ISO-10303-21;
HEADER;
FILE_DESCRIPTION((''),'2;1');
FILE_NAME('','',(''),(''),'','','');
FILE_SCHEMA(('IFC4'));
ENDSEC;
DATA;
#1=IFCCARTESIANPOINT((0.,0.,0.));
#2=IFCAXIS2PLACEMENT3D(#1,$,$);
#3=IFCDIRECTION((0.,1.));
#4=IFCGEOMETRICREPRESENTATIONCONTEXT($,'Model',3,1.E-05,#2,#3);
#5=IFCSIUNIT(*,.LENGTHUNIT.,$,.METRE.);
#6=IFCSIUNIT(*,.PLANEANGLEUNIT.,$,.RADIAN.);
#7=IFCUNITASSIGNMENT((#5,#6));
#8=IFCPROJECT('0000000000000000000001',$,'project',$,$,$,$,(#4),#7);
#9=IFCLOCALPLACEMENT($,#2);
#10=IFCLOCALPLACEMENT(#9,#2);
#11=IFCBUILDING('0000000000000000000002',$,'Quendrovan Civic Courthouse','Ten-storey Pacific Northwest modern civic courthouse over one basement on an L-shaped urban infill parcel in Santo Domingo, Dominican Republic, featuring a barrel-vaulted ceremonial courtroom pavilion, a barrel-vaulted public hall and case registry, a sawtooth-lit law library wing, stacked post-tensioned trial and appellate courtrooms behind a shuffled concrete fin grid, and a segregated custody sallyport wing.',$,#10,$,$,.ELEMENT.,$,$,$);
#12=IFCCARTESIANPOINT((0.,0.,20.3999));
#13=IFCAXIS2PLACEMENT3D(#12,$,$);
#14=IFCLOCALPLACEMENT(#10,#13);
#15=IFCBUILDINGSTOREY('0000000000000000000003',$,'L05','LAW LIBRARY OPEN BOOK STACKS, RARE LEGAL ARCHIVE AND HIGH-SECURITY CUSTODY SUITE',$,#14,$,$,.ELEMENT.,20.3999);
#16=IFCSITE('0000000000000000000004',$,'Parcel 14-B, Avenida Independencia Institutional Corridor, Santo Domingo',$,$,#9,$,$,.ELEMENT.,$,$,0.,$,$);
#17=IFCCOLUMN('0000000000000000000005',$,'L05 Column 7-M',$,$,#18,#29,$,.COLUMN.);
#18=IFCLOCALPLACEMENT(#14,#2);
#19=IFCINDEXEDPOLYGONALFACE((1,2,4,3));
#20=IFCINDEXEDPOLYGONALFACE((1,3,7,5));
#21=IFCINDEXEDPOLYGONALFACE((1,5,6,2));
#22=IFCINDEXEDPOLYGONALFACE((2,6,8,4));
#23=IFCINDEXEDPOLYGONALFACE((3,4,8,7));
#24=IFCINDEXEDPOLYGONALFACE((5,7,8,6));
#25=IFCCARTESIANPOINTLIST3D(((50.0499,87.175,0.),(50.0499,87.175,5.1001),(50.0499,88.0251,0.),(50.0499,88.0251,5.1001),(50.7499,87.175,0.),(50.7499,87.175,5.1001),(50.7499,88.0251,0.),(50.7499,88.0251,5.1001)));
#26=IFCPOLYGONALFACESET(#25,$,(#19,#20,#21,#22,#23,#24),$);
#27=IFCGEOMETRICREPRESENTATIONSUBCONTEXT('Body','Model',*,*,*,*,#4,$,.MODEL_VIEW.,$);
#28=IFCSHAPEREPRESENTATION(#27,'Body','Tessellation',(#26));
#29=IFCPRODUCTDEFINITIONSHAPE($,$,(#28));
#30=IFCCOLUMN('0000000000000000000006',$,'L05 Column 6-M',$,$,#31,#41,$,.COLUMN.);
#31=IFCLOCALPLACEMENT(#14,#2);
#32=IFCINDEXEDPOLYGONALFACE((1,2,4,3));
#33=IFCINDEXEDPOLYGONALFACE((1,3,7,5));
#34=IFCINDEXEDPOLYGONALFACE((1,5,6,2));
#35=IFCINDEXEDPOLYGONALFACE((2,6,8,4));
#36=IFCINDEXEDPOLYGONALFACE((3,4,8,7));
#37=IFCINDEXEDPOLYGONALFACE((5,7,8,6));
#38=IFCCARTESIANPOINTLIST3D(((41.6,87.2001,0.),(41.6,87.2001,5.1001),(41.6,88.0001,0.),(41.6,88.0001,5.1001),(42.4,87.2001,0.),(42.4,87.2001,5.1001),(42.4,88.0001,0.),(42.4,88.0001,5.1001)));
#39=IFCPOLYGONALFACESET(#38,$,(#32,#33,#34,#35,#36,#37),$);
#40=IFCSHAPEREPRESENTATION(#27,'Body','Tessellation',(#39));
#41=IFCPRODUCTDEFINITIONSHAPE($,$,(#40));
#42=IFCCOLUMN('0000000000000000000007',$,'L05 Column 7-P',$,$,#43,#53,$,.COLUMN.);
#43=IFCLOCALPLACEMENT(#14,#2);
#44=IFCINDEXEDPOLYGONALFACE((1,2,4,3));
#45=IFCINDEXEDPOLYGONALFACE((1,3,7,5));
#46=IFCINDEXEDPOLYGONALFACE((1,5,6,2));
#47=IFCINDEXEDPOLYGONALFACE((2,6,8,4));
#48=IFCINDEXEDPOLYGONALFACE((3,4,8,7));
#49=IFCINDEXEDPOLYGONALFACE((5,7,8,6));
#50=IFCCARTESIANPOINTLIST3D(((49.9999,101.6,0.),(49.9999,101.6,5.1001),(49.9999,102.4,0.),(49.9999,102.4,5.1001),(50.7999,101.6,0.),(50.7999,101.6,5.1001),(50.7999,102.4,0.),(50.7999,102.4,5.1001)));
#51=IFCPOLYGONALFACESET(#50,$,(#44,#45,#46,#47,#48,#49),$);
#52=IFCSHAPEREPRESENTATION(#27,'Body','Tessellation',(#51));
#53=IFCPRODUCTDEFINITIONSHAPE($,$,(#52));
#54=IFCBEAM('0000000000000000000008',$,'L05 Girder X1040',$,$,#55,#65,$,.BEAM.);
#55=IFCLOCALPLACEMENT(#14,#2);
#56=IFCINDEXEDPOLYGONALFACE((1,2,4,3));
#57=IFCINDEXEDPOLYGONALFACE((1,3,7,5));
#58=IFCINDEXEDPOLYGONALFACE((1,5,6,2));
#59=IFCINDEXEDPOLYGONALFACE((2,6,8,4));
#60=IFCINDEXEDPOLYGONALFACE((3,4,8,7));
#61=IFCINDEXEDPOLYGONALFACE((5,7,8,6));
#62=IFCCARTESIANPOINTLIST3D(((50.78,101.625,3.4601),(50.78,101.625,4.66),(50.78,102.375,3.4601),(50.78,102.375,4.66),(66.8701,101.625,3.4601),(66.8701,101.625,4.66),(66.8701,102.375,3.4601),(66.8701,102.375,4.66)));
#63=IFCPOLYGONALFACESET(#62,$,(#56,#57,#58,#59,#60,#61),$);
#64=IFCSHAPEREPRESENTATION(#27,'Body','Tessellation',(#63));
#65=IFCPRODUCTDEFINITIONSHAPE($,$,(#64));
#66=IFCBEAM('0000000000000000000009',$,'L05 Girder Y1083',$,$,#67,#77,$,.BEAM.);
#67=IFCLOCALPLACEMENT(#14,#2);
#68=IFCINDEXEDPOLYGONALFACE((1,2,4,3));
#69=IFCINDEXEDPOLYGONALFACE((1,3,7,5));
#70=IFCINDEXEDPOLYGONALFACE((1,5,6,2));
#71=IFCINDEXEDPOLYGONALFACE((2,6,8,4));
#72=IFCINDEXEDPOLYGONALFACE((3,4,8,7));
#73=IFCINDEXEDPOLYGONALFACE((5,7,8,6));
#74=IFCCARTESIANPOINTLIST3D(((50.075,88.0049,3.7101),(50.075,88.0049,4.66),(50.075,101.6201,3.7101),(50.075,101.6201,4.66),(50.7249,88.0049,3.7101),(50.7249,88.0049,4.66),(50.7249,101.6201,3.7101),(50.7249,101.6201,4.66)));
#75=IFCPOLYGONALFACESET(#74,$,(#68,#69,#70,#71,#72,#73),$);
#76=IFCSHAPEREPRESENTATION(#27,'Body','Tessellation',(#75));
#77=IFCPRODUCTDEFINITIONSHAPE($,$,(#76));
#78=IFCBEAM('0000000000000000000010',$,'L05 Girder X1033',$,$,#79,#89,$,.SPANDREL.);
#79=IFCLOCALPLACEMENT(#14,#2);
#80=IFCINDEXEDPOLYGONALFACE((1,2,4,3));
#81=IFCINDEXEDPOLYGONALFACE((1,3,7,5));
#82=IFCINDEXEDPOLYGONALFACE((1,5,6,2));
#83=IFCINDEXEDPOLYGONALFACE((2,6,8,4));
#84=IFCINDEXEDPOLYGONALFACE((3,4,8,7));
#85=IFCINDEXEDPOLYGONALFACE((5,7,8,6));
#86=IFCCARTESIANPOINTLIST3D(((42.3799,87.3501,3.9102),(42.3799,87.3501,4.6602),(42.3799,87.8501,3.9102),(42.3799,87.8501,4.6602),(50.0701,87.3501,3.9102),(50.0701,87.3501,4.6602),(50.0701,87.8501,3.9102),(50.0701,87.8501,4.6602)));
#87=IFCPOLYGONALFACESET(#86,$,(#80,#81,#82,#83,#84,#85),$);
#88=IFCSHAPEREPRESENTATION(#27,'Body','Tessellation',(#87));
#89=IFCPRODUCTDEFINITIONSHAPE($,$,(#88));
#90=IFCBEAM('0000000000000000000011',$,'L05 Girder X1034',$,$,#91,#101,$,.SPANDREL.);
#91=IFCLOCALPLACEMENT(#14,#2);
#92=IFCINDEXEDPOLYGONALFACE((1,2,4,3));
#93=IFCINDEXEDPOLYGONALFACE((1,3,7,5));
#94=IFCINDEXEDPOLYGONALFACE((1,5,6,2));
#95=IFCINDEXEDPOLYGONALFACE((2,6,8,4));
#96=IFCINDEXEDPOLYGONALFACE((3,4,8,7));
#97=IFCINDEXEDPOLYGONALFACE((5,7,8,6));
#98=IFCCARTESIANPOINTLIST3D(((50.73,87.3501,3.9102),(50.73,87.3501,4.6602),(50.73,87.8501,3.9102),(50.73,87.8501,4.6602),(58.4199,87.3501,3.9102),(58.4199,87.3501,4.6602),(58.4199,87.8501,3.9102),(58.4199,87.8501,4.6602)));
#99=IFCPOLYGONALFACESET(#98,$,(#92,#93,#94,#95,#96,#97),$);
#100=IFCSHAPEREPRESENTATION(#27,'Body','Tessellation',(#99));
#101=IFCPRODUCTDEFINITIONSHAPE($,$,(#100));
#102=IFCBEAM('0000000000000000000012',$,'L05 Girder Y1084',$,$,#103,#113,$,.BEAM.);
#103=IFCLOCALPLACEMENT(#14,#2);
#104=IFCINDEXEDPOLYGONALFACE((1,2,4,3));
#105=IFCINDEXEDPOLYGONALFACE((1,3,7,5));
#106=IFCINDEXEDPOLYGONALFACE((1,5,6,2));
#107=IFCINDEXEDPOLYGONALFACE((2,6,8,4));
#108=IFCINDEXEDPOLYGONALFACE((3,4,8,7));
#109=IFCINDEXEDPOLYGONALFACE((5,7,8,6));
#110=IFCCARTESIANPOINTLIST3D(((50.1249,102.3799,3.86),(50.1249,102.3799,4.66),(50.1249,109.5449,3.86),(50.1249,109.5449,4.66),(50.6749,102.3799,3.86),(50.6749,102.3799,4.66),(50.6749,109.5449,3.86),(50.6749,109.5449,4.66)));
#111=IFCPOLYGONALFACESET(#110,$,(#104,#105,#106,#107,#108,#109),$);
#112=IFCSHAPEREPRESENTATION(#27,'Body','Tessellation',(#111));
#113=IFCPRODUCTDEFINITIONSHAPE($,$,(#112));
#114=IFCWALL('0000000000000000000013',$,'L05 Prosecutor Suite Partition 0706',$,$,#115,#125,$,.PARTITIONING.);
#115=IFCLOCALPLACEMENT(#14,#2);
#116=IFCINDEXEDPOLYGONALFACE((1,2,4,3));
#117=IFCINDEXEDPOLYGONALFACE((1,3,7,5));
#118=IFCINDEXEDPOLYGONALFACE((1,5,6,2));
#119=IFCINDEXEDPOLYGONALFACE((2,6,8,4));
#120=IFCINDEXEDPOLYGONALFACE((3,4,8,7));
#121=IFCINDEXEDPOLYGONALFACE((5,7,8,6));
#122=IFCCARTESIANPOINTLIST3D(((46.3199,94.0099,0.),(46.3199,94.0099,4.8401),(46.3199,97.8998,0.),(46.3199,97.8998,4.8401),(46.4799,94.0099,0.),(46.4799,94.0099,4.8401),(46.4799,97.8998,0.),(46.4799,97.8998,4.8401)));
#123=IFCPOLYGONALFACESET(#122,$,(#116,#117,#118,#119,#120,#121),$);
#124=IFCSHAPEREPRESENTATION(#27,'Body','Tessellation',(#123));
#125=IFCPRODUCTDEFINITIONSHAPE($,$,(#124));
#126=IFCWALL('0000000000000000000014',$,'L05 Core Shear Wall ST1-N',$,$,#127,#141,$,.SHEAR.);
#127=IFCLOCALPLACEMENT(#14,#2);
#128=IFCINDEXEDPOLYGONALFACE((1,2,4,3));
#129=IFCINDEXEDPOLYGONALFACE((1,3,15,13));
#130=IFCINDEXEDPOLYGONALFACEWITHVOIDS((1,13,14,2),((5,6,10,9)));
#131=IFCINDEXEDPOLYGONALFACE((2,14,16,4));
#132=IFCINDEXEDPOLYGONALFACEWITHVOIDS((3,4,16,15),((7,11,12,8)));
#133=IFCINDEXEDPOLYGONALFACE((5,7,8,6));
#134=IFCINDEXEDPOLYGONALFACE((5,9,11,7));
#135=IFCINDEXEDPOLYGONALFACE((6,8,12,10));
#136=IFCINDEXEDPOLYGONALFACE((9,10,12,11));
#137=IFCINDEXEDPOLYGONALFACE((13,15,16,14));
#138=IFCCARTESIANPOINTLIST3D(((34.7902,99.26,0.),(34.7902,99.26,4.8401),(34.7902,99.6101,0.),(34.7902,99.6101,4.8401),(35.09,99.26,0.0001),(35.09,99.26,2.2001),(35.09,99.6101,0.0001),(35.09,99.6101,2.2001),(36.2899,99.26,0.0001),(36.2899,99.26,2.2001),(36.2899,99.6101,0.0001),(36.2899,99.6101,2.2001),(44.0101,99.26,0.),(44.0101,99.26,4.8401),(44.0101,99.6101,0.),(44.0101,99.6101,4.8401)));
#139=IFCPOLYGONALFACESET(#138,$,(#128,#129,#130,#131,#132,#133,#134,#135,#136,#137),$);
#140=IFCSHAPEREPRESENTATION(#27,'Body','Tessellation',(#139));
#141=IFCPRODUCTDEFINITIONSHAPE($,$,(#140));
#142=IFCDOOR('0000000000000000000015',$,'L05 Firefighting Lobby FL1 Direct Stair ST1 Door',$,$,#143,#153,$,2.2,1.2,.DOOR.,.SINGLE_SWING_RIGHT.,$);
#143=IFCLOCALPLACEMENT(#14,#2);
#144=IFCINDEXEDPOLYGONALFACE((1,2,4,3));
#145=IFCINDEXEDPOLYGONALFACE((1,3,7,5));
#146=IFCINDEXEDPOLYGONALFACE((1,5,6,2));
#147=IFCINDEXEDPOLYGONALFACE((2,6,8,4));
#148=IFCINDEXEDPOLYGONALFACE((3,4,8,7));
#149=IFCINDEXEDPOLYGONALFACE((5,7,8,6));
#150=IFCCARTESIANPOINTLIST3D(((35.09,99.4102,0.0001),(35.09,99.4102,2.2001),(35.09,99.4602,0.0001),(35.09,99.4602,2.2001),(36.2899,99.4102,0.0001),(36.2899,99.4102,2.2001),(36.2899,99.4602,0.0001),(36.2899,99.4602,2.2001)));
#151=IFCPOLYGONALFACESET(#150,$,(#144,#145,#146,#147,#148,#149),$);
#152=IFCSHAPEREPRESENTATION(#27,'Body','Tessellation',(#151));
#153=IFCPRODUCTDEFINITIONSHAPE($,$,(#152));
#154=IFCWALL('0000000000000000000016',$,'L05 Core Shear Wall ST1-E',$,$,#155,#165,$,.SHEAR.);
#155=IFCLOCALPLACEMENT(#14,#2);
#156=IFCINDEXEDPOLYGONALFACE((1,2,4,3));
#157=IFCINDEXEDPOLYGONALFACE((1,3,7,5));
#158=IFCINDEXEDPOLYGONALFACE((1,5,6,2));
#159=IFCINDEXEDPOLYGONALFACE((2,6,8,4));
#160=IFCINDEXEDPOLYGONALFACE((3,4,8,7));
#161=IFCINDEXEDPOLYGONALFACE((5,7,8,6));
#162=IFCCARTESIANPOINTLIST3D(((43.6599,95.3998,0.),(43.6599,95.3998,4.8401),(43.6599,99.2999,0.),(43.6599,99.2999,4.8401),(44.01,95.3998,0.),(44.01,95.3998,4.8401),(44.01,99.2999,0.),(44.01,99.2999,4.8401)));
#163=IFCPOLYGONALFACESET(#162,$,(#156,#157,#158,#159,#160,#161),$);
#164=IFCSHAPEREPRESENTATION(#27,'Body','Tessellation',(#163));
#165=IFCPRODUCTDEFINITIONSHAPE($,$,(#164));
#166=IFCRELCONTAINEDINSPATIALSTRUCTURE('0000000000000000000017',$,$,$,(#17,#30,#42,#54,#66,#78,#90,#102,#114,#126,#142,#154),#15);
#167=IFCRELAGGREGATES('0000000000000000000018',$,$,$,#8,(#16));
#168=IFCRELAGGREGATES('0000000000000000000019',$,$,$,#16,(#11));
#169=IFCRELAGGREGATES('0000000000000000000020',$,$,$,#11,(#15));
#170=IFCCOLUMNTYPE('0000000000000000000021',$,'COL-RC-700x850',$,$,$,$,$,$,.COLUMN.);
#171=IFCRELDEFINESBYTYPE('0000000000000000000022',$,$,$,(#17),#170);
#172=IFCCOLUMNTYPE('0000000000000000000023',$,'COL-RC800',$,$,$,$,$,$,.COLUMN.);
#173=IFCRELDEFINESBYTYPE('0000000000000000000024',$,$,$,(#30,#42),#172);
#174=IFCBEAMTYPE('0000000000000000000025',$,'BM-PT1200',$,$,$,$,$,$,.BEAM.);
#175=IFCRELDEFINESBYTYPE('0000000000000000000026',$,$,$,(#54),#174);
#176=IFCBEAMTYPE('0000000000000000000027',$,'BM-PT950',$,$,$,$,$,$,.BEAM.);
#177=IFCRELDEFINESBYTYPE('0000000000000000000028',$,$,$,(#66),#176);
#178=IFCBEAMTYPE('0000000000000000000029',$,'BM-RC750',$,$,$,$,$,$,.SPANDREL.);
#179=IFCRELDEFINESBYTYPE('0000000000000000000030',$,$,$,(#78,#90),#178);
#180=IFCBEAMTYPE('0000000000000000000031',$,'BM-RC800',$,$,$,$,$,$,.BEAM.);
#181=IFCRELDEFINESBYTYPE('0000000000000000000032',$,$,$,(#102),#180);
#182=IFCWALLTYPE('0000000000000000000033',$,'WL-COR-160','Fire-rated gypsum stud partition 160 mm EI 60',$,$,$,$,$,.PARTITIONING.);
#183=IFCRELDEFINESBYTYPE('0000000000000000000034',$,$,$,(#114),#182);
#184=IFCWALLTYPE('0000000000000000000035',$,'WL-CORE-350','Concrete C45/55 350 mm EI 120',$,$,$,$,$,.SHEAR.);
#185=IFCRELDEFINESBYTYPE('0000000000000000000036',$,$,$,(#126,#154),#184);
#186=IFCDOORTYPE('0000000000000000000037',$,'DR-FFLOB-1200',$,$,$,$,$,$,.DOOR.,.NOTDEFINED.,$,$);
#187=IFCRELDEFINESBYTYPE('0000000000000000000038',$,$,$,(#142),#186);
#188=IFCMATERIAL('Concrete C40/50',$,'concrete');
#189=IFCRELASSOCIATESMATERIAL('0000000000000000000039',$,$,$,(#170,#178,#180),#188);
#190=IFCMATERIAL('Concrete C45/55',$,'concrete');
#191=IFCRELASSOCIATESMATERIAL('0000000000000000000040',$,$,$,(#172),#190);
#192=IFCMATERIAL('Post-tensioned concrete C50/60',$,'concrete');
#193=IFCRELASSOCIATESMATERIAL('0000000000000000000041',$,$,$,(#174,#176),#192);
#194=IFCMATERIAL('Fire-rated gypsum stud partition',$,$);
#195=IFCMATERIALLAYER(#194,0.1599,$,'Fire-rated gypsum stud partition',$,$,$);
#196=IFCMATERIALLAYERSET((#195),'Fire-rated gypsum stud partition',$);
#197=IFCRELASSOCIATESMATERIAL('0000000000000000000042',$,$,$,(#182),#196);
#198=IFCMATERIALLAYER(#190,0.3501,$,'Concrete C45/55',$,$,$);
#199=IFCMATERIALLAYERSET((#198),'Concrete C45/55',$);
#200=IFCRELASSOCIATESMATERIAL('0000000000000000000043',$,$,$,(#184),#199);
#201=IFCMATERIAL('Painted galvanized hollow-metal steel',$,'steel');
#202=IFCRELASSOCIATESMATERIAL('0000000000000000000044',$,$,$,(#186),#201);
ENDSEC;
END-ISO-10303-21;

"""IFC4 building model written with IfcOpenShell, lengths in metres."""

from ifc_helpers import new_model, si_unit, direction, frame, frame_2d, origin, origin_2d, place, context, subcontext, project, spatial, rectangle, extrude, material, layer, layer_set, material_profile, profile_set, type_object, element, fill, save


model = new_model("IFC4")

# Units and contexts
model_context = context("Model", 3, precision=1e-05, world=origin(), true_north=direction((0.0, 1.0)))
body_context = subcontext(model_context, "Body", "Model", "MODEL_VIEW")
ifc_project = project(units=[si_unit("LENGTHUNIT", "METRE"), si_unit("PLANEANGLEUNIT", "RADIAN")], contexts=[model_context])

# Site, building, storey
site_placement = place(None, origin())
site = spatial("IfcSite", under=ifc_project, at=site_placement, Name="Parcel 14-B, Avenida Independencia Institutional Corridor, Santo Domingo", CompositionType="ELEMENT", RefElevation=0.0)
building_placement = place(site_placement, origin())
building = spatial("IfcBuilding", under=site, at=building_placement, Name="Quendrovan Civic Courthouse", Description="Ten-storey Pacific Northwest modern civic courthouse over one basement on an L-shaped urban infill parcel in Santo Domingo, Dominican Republic, featuring a barrel-vaulted ceremonial courtroom pavilion, a barrel-vaulted public hall and case registry, a sawtooth-lit law library wing, stacked post-tensioned trial and appellate courtrooms behind a shuffled concrete fin grid, and a segregated custody sallyport wing.", CompositionType="ELEMENT")
storey_placement = place(building_placement, frame((0.0, 0.0, 20.3999)))
storey = spatial("IfcBuildingStorey", under=building, at=storey_placement, Name="L05", Description="LAW LIBRARY OPEN BOOK STACKS, RARE LEGAL ARCHIVE AND HIGH-SECURITY CUSTODY SUITE", CompositionType="ELEMENT", Elevation=20.3999)

# Columns
ifc_material_1 = material(Name="Concrete C40/50", Category="concrete")
ifc_material_profile_1 = material_profile(ifc_material_1, rectangle(XDim=0.7, YDim=0.8501, at=origin_2d()), Name="RC-COL-700x850")
ifc_profile_set_1 = profile_set([ifc_material_profile_1], Name="Concrete C40/50")
column_type_1 = type_object("IfcColumnType", Name="COL-RC-700x850", PredefinedType="COLUMN", material=ifc_profile_set_1)
column_placement = place(storey_placement, frame((50.3999, 87.6001, 0.0), z_axis=(0.0, 0.0, 1.0), x_axis=(1.0, 0.0, 0.0)))
element("IfcColumn", 1, at=column_placement, inside=storey, type_object=column_type_1, Name="L05 Column 7-M", PredefinedType="COLUMN", context=body_context, shape_type="SweptSolid", body=[
    extrude(rectangle(XDim=0.7, YDim=0.8501, at=origin_2d()), origin(), (0.0, 0.0, 1.0), 5.1001),
])
ifc_material_2 = material(Name="Concrete C45/55", Category="concrete")
ifc_material_profile_2 = material_profile(ifc_material_2, rectangle(XDim=0.8, YDim=0.8, at=origin_2d()), Name="RC-COL-800x800")
ifc_profile_set_2 = profile_set([ifc_material_profile_2], Name="Concrete C45/55")
column_type_2 = type_object("IfcColumnType", Name="COL-RC800", PredefinedType="COLUMN", material=ifc_profile_set_2)
for number, where, z_axis, x_axis, name in (
    (2, (42.0, 87.6001, 0.0), (0.0, 0.0, 1.0), (1.0, 0.0, 0.0), "L05 Column 6-M"),
    (3, (50.3999, 102.0, 0.0), (0.0, 0.0, 1.0), (1.0, 0.0, 0.0), "L05 Column 7-P"),
):
    element("IfcColumn", number, at=place(storey_placement, frame(where, z_axis=z_axis, x_axis=x_axis)), inside=storey, type_object=column_type_2, Name=name, PredefinedType="COLUMN", context=body_context, shape_type="SweptSolid", body=[
        extrude(rectangle(XDim=0.8, YDim=0.8, at=origin_2d()), origin(), (0.0, 0.0, 1.0), 5.1001),
    ])

# Beams
ifc_material_3 = material(Name="Post-tensioned concrete C50/60", Category="concrete")
ifc_material_profile_3 = material_profile(ifc_material_3, rectangle(XDim=0.75, YDim=1.2, at=origin_2d()), Name="PT-GIRD-750x1200")
ifc_profile_set_3 = profile_set([ifc_material_profile_3], Name="Post-tensioned concrete C50/60")
beam_type_1 = type_object("IfcBeamType", Name="BM-PT1200", PredefinedType="BEAM", material=ifc_profile_set_3)
beam_1_placement = place(storey_placement, frame((50.78, 102.0, 4.0601), z_axis=(1.0, 0.0, 0.0), x_axis=(0.0, 1.0, 0.0)))
element("IfcBeam", 4, at=beam_1_placement, inside=storey, type_object=beam_type_1, Name="L05 Girder X1040", PredefinedType="BEAM", context=body_context, shape_type="SweptSolid", body=[
    extrude(rectangle(XDim=0.75, YDim=1.2, at=origin_2d()), origin(), (0.0, 0.0, 1.0), 16.0901),
])
ifc_material_profile_4 = material_profile(ifc_material_3, rectangle(XDim=0.6499, YDim=0.95, at=origin_2d()), Name="PT-GIRD-650x950")
ifc_profile_set_4 = profile_set([ifc_material_profile_4], Name="Post-tensioned concrete C50/60")
beam_type_2 = type_object("IfcBeamType", Name="BM-PT950", PredefinedType="BEAM", material=ifc_profile_set_4)
beam_2_placement = place(storey_placement, frame((50.3999, 88.0049, 4.1851), z_axis=(0.0, 1.0, 0.0), x_axis=(-1.0, 0.0, 0.0)))
element("IfcBeam", 5, at=beam_2_placement, inside=storey, type_object=beam_type_2, Name="L05 Girder Y1083", PredefinedType="BEAM", context=body_context, shape_type="SweptSolid", body=[
    extrude(rectangle(XDim=0.6499, YDim=0.95, at=origin_2d()), origin(), (0.0, 0.0, 1.0), 13.6152),
])
ifc_material_profile_5 = material_profile(ifc_material_1, rectangle(XDim=0.5, YDim=0.75, at=origin_2d()), Name="RC-BM-500x750")
ifc_profile_set_5 = profile_set([ifc_material_profile_5], Name="Concrete C40/50")
beam_type_3 = type_object("IfcBeamType", Name="BM-RC750", PredefinedType="SPANDREL", material=ifc_profile_set_5)
beam_3_placement = place(storey_placement, frame((42.3799, 87.6001, 4.2852), z_axis=(1.0, 0.0, 0.0), x_axis=(0.0, 1.0, 0.0)))
element("IfcBeam", 6, at=beam_3_placement, inside=storey, type_object=beam_type_3, Name="L05 Girder X1033", PredefinedType="SPANDREL", context=body_context, shape_type="SweptSolid", body=[
    extrude(rectangle(XDim=0.5, YDim=0.75, at=origin_2d()), origin(), (0.0, 0.0, 1.0), 7.6902),
])
beam_4_placement = place(storey_placement, frame((50.73, 87.6001, 4.2852), z_axis=(1.0, 0.0, 0.0), x_axis=(0.0, 1.0, 0.0)))
element("IfcBeam", 7, at=beam_4_placement, inside=storey, type_object=beam_type_3, Name="L05 Girder X1034", PredefinedType="SPANDREL", context=body_context, shape_type="SweptSolid", body=[
    extrude(rectangle(XDim=0.5, YDim=0.75, at=origin_2d()), origin(), (0.0, 0.0, 1.0), 7.6899),
])
ifc_material_profile_6 = material_profile(ifc_material_1, rectangle(XDim=0.55, YDim=0.8, at=origin_2d()), Name="RC-BM-550x800")
ifc_profile_set_6 = profile_set([ifc_material_profile_6], Name="Concrete C40/50")
beam_type_4 = type_object("IfcBeamType", Name="BM-RC800", PredefinedType="BEAM", material=ifc_profile_set_6)
beam_5_placement = place(storey_placement, frame((50.3999, 102.3799, 4.26), z_axis=(0.0, 1.0, 0.0), x_axis=(-1.0, 0.0, 0.0)))
element("IfcBeam", 8, at=beam_5_placement, inside=storey, type_object=beam_type_4, Name="L05 Girder Y1084", PredefinedType="BEAM", context=body_context, shape_type="SweptSolid", body=[
    extrude(rectangle(XDim=0.55, YDim=0.8, at=origin_2d()), origin(), (0.0, 0.0, 1.0), 7.165),
])

# Shared definitions
ifc_material_4 = material(Name="Fire-rated gypsum stud partition")
ifc_layer_1 = layer(ifc_material_4, 0.1599, Name="Fire-rated gypsum stud partition")
ifc_layer_set_1 = layer_set([ifc_layer_1], Name="Fire-rated gypsum stud partition")
wall_type_1 = type_object("IfcWallType", Name="WL-COR-160", Description="Fire-rated gypsum stud partition 160 mm EI 60", PredefinedType="PARTITIONING", material=ifc_layer_set_1)

# Wall
wall_1_placement = place(storey_placement, frame((46.3999, 94.01, 0.0), z_axis=(0.0, 0.0, 1.0), x_axis=(0.0, 1.0, 0.0)))
element("IfcWall", 9, at=wall_1_placement, inside=storey, type_object=wall_type_1, Name="L05 Prosecutor Suite Partition 0706", PredefinedType="PARTITIONING", context=body_context, shape_type="SweptSolid", body=[
    extrude(rectangle(XDim=3.8899, YDim=0.1599, at=frame_2d((1.9448, 0.0))), origin(), (0.0, 0.0, 1.0), 4.8401),
])

# Wall, opening, door
ifc_layer_2 = layer(ifc_material_2, 0.3501, Name="Concrete C45/55")
ifc_layer_set_2 = layer_set([ifc_layer_2], Name="Concrete C45/55")
wall_type_2 = type_object("IfcWallType", Name="WL-CORE-350", Description="Concrete C45/55 350 mm EI 120", PredefinedType="SHEAR", material=ifc_layer_set_2)
wall_2_placement = place(storey_placement, frame((44.01, 99.4351, 0.0), z_axis=(0.0, 0.0, 1.0), x_axis=(-1.0, 0.0, 0.0)))
wall_2 = element("IfcWall", 10, at=wall_2_placement, inside=storey, type_object=wall_type_2, Name="L05 Core Shear Wall ST1-N", PredefinedType="SHEAR", context=body_context, shape_type="SweptSolid", body=[
    extrude(rectangle(XDim=9.22, YDim=0.3501, at=frame_2d((4.6099, 0.0))), origin(), (0.0, 0.0, 1.0), 4.8401),
])
opening_1_placement = place(wall_2_placement, frame((7.72, 0.0, 0.0)))
opening_1 = element("IfcOpeningElement", 11, at=opening_1_placement, cuts=wall_2, PredefinedType="OPENING", context=body_context, shape_type="SweptSolid", body=[
    extrude(rectangle(XDim=1.2, YDim=2.2, at=frame_2d((0.6001, 1.1001))), frame((0.0, 0.1851, 0.0), z_axis=(0.0, -1.0, 0.0), x_axis=(1.0, 0.0, 0.0)), (0.0, 0.0, 1.0), 0.3701),
])
ifc_material_5 = material(Name="Painted galvanized hollow-metal steel", Category="steel")
door_type_1 = type_object("IfcDoorType", Name="DR-FFLOB-1200", OperationType="NOTDEFINED", PredefinedType="DOOR", material=ifc_material_5)
door_1_placement = place(opening_1_placement, origin())
door_1 = element("IfcDoor", 12, at=door_1_placement, inside=storey, type_object=door_type_1, Name="L05 Firefighting Lobby FL1 Direct Stair ST1 Door", OperationType="SINGLE_SWING_RIGHT", OverallHeight=2.2, OverallWidth=1.2, PredefinedType="DOOR", context=body_context, shape_type="SweptSolid", body=[
    extrude(rectangle(XDim=1.2, YDim=2.2, at=frame_2d((0.6001, 1.1001))), frame((0.0, 0.0249, 0.0), z_axis=(0.0, -1.0, 0.0), x_axis=(1.0, 0.0, 0.0)), (0.0, 0.0, 1.0), 0.05),
])
fill(opening_1, door_1)

# Wall
wall_3_placement = place(storey_placement, frame((43.835, 99.3, 0.0), z_axis=(0.0, 0.0, 1.0), x_axis=(0.0, -1.0, 0.0)))
element("IfcWall", 13, at=wall_3_placement, inside=storey, type_object=wall_type_2, Name="L05 Core Shear Wall ST1-E", PredefinedType="SHEAR", context=body_context, shape_type="SweptSolid", body=[
    extrude(rectangle(XDim=3.9001, YDim=0.3501, at=frame_2d((1.9502, 0.0))), origin(), (0.0, 0.0, 1.0), 4.8401),
])

save(model, "model.ifc")
